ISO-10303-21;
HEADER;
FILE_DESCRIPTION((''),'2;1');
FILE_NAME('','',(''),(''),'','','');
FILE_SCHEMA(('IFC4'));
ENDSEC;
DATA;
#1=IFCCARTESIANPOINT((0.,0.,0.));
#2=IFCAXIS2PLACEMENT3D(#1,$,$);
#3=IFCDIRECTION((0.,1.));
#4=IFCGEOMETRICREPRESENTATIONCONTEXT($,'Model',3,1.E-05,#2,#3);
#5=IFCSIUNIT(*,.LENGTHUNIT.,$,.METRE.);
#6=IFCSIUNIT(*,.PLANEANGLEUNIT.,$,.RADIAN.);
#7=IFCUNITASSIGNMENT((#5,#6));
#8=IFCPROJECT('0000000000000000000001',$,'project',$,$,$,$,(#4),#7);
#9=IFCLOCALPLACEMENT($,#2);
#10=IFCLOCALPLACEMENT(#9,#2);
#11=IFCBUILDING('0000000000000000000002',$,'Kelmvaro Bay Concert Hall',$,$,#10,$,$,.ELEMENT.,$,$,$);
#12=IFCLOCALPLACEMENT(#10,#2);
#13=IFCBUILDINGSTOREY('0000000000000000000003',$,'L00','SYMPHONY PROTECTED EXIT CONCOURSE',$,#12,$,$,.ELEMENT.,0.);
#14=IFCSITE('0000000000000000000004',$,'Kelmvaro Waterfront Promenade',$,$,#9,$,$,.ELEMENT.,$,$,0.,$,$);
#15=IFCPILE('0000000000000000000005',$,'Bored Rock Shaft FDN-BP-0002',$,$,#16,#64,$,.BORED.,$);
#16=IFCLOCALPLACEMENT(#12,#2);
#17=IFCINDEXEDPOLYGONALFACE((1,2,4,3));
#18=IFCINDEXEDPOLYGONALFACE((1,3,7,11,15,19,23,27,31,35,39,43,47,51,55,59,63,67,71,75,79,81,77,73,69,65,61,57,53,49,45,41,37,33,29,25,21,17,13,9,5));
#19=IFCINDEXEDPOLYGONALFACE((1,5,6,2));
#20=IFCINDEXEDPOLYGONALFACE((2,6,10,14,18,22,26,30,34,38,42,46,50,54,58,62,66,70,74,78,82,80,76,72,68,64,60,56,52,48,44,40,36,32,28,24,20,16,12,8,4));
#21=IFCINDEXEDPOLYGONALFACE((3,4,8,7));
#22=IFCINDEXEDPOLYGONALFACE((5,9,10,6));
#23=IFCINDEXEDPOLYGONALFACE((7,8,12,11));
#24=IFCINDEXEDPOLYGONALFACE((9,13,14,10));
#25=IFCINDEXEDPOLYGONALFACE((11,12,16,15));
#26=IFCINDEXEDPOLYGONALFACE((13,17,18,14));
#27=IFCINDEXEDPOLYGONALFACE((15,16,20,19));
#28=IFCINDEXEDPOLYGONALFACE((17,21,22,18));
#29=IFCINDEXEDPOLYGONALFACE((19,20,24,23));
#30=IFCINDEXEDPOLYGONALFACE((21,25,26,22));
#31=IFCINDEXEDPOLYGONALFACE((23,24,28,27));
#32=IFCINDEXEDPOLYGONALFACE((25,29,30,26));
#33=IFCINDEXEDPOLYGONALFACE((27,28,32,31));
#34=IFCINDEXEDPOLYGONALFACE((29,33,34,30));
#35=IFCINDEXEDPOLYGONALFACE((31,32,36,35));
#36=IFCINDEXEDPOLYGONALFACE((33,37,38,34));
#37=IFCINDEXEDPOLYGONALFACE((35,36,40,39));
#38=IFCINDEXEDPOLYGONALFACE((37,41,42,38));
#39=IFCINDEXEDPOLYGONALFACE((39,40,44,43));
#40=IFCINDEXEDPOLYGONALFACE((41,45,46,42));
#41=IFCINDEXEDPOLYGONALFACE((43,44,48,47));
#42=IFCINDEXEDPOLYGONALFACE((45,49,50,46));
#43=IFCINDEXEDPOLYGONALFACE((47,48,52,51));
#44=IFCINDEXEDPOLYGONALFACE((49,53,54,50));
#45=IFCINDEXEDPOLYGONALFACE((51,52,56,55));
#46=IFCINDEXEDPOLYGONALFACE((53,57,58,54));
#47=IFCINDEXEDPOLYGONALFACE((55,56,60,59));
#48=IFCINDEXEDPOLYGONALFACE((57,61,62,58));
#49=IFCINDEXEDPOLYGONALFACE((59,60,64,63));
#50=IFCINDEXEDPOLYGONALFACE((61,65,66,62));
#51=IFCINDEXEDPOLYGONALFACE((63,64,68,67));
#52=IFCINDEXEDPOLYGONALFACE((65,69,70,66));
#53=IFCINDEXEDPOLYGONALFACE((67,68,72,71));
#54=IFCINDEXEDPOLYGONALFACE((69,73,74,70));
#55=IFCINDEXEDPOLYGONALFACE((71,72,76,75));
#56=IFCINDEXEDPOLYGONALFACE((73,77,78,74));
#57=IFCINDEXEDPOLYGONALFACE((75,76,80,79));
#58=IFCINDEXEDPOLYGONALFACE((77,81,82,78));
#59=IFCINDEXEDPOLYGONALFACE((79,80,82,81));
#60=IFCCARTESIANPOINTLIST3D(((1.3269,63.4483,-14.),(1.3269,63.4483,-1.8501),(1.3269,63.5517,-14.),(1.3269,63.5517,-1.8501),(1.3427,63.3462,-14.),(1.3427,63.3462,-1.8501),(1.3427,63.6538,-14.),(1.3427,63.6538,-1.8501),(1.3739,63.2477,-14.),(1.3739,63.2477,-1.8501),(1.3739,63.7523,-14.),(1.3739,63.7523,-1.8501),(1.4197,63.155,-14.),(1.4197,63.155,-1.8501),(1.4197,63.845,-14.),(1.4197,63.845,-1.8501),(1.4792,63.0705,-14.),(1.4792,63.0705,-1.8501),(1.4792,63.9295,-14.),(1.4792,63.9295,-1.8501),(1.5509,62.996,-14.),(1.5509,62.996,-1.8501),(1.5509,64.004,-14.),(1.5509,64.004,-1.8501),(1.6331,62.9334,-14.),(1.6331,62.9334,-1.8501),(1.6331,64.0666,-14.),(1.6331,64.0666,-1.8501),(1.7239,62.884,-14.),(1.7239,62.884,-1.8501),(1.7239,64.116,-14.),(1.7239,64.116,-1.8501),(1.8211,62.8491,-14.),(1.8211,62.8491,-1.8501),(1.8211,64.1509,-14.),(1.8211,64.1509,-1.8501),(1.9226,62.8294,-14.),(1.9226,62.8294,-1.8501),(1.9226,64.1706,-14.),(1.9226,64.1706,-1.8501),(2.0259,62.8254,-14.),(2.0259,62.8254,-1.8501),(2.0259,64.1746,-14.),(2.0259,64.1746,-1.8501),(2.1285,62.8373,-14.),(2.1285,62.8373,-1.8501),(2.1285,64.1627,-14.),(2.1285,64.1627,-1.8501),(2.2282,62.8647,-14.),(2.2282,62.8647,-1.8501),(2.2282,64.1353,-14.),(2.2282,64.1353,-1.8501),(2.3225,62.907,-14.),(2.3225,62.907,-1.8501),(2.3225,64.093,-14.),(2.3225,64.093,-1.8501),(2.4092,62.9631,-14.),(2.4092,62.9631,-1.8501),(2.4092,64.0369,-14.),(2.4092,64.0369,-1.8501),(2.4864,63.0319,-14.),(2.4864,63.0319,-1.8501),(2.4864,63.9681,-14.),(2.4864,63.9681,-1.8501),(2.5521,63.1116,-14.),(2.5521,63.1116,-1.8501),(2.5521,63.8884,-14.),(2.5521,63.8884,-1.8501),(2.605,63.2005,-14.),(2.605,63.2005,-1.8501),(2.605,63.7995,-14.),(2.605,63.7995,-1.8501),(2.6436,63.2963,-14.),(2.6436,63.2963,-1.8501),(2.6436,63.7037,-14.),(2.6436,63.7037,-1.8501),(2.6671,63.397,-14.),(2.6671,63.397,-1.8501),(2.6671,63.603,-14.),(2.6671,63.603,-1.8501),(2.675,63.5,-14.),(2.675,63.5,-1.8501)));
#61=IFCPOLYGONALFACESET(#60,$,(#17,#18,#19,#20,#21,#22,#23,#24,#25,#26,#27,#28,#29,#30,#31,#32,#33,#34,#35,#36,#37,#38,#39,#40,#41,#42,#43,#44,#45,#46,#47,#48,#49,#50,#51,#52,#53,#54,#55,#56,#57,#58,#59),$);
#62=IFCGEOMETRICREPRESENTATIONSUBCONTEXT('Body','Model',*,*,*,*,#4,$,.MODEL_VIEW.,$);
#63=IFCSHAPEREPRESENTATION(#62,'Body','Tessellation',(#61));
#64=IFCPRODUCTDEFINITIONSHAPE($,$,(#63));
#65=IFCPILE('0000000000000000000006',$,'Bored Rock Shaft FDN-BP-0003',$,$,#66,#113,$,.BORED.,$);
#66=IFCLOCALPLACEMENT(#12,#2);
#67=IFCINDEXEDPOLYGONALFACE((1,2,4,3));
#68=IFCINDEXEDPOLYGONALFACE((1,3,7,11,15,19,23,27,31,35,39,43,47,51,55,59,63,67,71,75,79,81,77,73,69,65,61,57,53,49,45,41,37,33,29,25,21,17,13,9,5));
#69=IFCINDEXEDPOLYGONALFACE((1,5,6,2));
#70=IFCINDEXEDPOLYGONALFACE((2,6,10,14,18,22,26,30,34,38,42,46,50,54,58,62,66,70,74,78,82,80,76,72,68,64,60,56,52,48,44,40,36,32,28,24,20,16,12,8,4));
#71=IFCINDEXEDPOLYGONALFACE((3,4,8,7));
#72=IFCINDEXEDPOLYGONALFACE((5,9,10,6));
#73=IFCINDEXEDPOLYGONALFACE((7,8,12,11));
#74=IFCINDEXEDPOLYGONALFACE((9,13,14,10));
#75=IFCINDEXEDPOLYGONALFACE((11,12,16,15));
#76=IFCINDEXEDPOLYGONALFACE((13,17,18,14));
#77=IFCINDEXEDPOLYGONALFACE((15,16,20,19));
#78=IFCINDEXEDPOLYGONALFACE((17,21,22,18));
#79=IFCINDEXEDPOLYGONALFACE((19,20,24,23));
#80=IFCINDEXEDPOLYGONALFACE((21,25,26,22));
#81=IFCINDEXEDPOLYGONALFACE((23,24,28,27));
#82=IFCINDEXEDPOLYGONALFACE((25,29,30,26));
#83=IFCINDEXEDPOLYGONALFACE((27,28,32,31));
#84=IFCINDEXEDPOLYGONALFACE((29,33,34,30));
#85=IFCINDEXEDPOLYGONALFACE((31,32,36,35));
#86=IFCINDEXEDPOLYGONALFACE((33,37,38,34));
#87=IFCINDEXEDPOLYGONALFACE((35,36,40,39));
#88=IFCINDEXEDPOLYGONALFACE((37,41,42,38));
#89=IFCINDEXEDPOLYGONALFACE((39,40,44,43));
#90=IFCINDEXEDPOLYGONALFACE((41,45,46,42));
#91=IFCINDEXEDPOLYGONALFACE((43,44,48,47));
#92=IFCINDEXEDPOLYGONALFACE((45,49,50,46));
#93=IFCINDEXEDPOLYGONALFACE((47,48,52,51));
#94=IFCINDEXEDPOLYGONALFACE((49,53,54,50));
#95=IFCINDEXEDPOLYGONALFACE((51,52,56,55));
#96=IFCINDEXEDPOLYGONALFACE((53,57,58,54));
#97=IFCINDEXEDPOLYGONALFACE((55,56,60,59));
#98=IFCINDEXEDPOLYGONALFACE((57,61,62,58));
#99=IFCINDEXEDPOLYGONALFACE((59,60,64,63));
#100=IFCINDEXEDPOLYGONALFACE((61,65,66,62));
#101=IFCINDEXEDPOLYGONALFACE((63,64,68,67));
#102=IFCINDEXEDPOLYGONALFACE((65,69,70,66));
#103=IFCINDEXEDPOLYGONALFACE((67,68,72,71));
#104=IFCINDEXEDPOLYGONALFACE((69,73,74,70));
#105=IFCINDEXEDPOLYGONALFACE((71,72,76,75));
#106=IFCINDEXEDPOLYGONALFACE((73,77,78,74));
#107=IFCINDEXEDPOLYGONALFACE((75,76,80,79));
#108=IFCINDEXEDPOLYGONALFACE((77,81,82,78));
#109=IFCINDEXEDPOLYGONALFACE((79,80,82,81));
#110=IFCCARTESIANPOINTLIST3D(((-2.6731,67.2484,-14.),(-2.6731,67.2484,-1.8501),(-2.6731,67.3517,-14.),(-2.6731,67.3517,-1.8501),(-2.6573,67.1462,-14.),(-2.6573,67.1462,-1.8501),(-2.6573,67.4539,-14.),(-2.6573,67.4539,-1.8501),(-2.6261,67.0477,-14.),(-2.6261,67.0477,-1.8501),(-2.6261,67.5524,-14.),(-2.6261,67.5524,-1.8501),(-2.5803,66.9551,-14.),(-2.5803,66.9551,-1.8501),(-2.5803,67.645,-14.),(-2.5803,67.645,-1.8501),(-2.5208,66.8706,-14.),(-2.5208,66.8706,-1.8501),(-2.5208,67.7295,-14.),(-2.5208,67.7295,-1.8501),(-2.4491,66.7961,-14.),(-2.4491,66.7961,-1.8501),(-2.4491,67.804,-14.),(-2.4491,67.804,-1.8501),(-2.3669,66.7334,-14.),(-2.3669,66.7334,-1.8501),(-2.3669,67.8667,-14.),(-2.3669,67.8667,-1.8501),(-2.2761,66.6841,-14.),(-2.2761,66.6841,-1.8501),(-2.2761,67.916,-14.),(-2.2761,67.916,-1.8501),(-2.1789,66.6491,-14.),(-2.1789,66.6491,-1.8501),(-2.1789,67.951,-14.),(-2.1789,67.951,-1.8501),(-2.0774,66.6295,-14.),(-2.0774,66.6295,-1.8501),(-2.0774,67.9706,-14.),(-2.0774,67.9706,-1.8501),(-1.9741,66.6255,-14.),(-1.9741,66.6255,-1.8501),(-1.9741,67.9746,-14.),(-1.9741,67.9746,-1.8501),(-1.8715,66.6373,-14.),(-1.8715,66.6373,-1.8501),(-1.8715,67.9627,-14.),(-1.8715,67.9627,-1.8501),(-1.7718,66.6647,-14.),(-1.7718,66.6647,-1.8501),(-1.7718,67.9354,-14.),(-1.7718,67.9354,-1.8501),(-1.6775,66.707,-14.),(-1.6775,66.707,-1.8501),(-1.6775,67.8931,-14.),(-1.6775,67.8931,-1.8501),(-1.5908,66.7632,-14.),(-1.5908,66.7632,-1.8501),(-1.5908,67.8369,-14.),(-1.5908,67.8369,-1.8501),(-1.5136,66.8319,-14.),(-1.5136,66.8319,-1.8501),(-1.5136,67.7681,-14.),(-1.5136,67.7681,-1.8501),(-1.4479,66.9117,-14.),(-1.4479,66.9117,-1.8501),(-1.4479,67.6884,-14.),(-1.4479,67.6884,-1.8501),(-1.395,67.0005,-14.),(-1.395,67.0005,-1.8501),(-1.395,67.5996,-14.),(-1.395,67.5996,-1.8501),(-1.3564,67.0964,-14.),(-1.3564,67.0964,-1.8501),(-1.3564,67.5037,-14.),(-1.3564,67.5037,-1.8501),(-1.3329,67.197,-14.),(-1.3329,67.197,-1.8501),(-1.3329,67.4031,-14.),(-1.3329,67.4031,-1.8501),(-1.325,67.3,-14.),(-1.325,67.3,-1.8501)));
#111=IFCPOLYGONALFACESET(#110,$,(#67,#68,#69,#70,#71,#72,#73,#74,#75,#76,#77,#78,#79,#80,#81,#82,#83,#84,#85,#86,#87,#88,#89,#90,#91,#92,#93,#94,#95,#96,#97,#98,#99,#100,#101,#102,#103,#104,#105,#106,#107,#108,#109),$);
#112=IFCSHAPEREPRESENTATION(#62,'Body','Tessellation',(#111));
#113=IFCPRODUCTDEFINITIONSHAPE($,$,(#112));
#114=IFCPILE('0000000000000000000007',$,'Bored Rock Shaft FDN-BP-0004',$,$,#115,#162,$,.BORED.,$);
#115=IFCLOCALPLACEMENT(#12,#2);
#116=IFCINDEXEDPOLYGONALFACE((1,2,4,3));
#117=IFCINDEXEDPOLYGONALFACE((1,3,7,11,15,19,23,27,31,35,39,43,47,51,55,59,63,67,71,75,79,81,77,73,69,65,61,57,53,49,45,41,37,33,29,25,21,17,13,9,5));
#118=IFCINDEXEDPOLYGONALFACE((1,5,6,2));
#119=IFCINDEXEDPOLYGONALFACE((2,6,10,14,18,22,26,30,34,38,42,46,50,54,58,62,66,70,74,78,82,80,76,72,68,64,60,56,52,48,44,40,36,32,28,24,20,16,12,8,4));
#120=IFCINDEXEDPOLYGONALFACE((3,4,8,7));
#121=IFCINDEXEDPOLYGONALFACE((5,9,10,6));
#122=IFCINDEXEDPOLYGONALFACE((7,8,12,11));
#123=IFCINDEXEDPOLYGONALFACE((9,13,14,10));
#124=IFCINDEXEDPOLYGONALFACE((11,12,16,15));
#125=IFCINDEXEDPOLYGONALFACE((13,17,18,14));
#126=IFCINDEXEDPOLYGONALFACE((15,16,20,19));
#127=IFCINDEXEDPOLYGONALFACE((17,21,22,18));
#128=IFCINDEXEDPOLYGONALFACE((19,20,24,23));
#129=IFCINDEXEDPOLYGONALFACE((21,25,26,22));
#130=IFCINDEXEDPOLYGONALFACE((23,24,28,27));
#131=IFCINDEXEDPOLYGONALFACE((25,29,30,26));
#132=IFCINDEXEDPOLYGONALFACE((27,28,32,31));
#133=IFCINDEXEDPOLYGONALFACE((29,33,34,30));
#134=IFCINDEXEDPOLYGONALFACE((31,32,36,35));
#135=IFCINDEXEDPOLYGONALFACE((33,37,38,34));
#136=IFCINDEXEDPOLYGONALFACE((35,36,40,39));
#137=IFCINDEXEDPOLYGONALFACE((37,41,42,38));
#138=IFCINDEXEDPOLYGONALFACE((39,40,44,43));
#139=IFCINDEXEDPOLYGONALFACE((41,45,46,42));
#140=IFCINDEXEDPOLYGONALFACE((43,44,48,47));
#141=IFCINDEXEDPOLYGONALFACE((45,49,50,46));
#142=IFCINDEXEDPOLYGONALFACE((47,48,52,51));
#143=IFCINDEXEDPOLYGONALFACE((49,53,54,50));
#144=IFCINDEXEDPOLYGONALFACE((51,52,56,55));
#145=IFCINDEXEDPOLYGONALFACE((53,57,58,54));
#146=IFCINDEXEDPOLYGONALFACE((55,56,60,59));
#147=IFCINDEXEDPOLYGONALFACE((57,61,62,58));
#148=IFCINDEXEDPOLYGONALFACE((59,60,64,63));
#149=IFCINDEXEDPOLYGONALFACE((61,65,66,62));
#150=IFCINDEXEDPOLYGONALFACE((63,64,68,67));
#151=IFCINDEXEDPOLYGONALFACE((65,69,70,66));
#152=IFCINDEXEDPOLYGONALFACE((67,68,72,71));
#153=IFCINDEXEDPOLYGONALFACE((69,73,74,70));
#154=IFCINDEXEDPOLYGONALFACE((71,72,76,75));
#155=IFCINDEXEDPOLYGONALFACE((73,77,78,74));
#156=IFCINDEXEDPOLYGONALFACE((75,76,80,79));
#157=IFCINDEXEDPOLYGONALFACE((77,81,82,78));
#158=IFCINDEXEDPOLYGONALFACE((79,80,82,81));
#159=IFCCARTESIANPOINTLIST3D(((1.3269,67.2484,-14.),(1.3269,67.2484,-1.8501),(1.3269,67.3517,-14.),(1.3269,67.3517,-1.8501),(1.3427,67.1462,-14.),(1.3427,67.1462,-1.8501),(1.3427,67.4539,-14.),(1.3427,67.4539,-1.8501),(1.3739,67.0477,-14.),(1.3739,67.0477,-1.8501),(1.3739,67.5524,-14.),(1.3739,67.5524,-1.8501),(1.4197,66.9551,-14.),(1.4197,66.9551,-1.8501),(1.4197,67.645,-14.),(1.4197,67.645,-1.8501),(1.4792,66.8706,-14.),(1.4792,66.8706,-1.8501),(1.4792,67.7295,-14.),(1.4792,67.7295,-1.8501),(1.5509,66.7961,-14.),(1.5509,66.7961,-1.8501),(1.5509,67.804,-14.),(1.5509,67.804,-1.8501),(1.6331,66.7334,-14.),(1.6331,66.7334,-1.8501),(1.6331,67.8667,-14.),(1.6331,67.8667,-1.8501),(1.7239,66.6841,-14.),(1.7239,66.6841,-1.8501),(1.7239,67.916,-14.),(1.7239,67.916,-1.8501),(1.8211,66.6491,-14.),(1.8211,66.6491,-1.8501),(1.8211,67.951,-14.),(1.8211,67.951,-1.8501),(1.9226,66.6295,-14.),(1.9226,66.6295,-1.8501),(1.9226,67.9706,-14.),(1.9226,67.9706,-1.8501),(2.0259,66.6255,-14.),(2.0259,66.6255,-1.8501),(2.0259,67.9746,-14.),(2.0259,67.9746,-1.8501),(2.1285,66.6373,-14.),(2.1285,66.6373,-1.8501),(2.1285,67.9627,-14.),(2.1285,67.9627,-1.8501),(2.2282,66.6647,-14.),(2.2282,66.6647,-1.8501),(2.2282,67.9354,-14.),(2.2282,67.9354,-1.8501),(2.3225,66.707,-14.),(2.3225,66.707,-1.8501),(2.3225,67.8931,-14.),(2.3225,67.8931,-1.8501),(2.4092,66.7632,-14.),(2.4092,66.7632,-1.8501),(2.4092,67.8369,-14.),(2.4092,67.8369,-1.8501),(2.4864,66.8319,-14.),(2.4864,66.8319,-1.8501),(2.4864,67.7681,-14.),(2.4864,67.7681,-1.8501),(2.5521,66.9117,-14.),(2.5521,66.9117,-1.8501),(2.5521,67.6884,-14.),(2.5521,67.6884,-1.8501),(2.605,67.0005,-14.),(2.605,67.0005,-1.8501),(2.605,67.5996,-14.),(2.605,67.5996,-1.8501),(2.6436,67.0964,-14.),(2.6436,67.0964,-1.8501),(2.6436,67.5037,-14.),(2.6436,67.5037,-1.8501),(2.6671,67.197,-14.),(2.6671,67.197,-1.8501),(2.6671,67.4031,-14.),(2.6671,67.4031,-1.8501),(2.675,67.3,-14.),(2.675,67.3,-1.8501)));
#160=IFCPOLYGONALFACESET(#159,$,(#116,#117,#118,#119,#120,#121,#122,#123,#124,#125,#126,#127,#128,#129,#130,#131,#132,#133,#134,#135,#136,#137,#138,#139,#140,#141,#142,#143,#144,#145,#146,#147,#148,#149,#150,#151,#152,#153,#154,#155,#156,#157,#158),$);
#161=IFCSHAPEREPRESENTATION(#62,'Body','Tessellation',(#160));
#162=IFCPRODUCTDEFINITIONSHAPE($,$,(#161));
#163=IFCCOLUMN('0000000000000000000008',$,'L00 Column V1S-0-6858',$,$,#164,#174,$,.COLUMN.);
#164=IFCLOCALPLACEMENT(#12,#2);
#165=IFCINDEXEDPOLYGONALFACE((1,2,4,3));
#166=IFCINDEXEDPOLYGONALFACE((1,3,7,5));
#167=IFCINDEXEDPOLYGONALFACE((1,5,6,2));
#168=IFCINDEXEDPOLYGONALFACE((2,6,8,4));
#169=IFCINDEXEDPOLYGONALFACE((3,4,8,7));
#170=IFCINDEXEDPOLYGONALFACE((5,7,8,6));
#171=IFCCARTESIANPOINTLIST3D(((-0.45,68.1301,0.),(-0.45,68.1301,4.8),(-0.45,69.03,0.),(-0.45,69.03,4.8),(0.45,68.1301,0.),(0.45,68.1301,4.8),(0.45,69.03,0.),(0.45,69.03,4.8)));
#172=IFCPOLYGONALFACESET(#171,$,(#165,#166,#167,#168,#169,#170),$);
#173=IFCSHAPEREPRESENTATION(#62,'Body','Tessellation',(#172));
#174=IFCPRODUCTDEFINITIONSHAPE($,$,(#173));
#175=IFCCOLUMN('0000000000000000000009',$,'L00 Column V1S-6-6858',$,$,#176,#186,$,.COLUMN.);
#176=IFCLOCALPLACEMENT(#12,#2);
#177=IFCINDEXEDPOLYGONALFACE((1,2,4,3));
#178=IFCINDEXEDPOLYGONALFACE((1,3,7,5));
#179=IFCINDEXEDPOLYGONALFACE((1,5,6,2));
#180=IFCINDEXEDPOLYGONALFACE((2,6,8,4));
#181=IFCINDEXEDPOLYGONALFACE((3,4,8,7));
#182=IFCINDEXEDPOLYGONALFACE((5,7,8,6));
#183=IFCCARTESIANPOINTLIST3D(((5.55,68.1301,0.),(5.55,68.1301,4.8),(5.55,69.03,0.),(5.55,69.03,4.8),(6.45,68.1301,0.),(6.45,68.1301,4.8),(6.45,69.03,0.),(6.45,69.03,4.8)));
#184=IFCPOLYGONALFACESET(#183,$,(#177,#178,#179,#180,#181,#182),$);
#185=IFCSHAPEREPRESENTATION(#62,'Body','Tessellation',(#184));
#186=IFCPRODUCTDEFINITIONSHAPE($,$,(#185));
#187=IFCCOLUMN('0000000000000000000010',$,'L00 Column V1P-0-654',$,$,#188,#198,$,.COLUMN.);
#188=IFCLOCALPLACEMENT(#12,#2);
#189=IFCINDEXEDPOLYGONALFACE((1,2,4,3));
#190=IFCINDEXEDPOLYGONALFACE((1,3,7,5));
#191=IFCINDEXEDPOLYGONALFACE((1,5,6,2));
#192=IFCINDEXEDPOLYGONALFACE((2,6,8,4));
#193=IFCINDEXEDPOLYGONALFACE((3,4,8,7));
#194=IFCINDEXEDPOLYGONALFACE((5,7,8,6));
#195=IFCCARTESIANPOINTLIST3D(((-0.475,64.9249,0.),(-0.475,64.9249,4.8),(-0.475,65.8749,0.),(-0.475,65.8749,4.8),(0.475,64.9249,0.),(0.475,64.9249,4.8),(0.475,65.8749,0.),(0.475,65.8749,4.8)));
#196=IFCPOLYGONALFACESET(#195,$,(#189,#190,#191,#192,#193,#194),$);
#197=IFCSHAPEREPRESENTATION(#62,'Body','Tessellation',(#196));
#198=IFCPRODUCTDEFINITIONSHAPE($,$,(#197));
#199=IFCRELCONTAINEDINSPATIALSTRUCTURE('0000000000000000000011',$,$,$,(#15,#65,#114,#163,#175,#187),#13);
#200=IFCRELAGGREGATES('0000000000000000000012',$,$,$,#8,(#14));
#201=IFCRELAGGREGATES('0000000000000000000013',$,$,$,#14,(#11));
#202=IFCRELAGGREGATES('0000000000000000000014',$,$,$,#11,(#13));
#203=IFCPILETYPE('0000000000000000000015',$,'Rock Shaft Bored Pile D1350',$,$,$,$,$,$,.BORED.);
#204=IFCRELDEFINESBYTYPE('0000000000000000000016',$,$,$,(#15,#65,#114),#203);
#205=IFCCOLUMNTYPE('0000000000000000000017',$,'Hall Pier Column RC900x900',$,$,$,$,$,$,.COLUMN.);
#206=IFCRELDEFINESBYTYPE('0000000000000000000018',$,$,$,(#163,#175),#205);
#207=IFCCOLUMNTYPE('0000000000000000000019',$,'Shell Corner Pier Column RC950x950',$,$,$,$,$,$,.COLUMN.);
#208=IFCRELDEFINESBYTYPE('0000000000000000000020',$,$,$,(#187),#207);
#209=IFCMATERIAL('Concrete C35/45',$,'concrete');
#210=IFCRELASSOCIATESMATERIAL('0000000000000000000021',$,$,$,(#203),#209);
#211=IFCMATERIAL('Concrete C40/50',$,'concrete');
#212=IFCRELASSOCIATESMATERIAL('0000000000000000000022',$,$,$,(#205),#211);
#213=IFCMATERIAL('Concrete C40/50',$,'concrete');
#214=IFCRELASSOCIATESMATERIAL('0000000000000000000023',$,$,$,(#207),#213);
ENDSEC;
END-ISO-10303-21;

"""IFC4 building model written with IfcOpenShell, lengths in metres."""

from ifc_helpers import new_model, si_unit, direction, frame, origin, origin_2d, place, context, subcontext, project, spatial, rectangle, circle, extrude, material, material_profile, profile_set, type_object, element, save


model = new_model("IFC4")

# Units and contexts
model_context = context("Model", 3, precision=1e-05, world=origin(), true_north=direction((0.0, 1.0)))
body_context = subcontext(model_context, "Body", "Model", "MODEL_VIEW")
ifc_project = project(units=[si_unit("LENGTHUNIT", "METRE"), si_unit("PLANEANGLEUNIT", "RADIAN")], contexts=[model_context])

# Site, building, storey
site_placement = place(None, origin())
site = spatial("IfcSite", under=ifc_project, at=site_placement, Name="Kelmvaro Waterfront Promenade", CompositionType="ELEMENT", RefElevation=0.0)
building_placement = place(site_placement, origin())
building = spatial("IfcBuilding", under=site, at=building_placement, Name="Kelmvaro Bay Concert Hall", CompositionType="ELEMENT")
storey_placement = place(building_placement, origin())
storey = spatial("IfcBuildingStorey", under=building, at=storey_placement, Name="L00", Description="SYMPHONY PROTECTED EXIT CONCOURSE", CompositionType="ELEMENT", Elevation=0.0)

# Piles
ifc_material_1 = material(Name="Concrete C35/45", Category="concrete")
ifc_material_profile_1 = material_profile(ifc_material_1, circle(Radius=0.675, at=origin_2d()), Name="PILE-BORED-1350")
ifc_profile_set_1 = profile_set([ifc_material_profile_1], Name="Concrete C35/45")
pile_type_1 = type_object("IfcPileType", Name="Rock Shaft Bored Pile D1350", PredefinedType="BORED", material=ifc_profile_set_1)
for number, where, z_axis, x_axis, name in (
    (1, (2.0, 63.5, -1.8501), (0.0, 0.0, -1.0), (1.0, 0.0, 0.0), "Bored Rock Shaft FDN-BP-0002"),
    (2, (-2.0, 67.3, -1.8501), (0.0, 0.0, -1.0), (1.0, 0.0, 0.0), "Bored Rock Shaft FDN-BP-0003"),
    (3, (2.0, 67.3, -1.8501), (0.0, 0.0, -1.0), (1.0, 0.0, 0.0), "Bored Rock Shaft FDN-BP-0004"),
):
    element("IfcPile", number, at=place(storey_placement, frame(where, z_axis=z_axis, x_axis=x_axis)), inside=storey, type_object=pile_type_1, Name=name, PredefinedType="BORED", context=body_context, shape_type="SweptSolid", body=[
        extrude(circle(Radius=0.675, at=origin_2d()), origin(), (0.0, 0.0, 1.0), 12.1499),
    ])

# Columns
ifc_material_2 = material(Name="Concrete C40/50", Category="concrete")
ifc_material_profile_2 = material_profile(ifc_material_2, rectangle(XDim=0.8999, YDim=0.8999, at=origin_2d()), Name="RC-COL-900X900")
ifc_profile_set_2 = profile_set([ifc_material_profile_2], Name="Concrete C40/50")
column_type_1 = type_object("IfcColumnType", Name="Hall Pier Column RC900x900", PredefinedType="COLUMN", material=ifc_profile_set_2)
for number, where, z_axis, x_axis, name in (
    (4, (0.0, 68.5801, 0.0), (0.0, 0.0, 1.0), (1.0, 0.0, 0.0), "L00 Column V1S-0-6858"),
    (5, (6.0, 68.5801, 0.0), (0.0, 0.0, 1.0), (1.0, 0.0, 0.0), "L00 Column V1S-6-6858"),
):
    element("IfcColumn", number, at=place(storey_placement, frame(where, z_axis=z_axis, x_axis=x_axis)), inside=storey, type_object=column_type_1, Name=name, PredefinedType="COLUMN", context=body_context, shape_type="SweptSolid", body=[
        extrude(rectangle(XDim=0.8999, YDim=0.8999, at=origin_2d()), origin(), (0.0, 0.0, 1.0), 4.8),
    ])
ifc_material_3 = material(Name="Concrete C40/50", Category="concrete")
ifc_material_profile_3 = material_profile(ifc_material_3, rectangle(XDim=0.95, YDim=0.95, at=origin_2d()), Name="RC-COL-950X950")
ifc_profile_set_3 = profile_set([ifc_material_profile_3], Name="Concrete C40/50")
column_type_2 = type_object("IfcColumnType", Name="Shell Corner Pier Column RC950x950", PredefinedType="COLUMN", material=ifc_profile_set_3)
column_placement = place(storey_placement, frame((0.0, 65.3999, 0.0), z_axis=(0.0, 0.0, 1.0), x_axis=(1.0, 0.0, 0.0)))
element("IfcColumn", 6, at=column_placement, inside=storey, type_object=column_type_2, Name="L00 Column V1P-0-654", PredefinedType="COLUMN", context=body_context, shape_type="SweptSolid", body=[
    extrude(rectangle(XDim=0.95, YDim=0.95, at=origin_2d()), origin(), (0.0, 0.0, 1.0), 4.8),
])

save(model, "model.ifc")
